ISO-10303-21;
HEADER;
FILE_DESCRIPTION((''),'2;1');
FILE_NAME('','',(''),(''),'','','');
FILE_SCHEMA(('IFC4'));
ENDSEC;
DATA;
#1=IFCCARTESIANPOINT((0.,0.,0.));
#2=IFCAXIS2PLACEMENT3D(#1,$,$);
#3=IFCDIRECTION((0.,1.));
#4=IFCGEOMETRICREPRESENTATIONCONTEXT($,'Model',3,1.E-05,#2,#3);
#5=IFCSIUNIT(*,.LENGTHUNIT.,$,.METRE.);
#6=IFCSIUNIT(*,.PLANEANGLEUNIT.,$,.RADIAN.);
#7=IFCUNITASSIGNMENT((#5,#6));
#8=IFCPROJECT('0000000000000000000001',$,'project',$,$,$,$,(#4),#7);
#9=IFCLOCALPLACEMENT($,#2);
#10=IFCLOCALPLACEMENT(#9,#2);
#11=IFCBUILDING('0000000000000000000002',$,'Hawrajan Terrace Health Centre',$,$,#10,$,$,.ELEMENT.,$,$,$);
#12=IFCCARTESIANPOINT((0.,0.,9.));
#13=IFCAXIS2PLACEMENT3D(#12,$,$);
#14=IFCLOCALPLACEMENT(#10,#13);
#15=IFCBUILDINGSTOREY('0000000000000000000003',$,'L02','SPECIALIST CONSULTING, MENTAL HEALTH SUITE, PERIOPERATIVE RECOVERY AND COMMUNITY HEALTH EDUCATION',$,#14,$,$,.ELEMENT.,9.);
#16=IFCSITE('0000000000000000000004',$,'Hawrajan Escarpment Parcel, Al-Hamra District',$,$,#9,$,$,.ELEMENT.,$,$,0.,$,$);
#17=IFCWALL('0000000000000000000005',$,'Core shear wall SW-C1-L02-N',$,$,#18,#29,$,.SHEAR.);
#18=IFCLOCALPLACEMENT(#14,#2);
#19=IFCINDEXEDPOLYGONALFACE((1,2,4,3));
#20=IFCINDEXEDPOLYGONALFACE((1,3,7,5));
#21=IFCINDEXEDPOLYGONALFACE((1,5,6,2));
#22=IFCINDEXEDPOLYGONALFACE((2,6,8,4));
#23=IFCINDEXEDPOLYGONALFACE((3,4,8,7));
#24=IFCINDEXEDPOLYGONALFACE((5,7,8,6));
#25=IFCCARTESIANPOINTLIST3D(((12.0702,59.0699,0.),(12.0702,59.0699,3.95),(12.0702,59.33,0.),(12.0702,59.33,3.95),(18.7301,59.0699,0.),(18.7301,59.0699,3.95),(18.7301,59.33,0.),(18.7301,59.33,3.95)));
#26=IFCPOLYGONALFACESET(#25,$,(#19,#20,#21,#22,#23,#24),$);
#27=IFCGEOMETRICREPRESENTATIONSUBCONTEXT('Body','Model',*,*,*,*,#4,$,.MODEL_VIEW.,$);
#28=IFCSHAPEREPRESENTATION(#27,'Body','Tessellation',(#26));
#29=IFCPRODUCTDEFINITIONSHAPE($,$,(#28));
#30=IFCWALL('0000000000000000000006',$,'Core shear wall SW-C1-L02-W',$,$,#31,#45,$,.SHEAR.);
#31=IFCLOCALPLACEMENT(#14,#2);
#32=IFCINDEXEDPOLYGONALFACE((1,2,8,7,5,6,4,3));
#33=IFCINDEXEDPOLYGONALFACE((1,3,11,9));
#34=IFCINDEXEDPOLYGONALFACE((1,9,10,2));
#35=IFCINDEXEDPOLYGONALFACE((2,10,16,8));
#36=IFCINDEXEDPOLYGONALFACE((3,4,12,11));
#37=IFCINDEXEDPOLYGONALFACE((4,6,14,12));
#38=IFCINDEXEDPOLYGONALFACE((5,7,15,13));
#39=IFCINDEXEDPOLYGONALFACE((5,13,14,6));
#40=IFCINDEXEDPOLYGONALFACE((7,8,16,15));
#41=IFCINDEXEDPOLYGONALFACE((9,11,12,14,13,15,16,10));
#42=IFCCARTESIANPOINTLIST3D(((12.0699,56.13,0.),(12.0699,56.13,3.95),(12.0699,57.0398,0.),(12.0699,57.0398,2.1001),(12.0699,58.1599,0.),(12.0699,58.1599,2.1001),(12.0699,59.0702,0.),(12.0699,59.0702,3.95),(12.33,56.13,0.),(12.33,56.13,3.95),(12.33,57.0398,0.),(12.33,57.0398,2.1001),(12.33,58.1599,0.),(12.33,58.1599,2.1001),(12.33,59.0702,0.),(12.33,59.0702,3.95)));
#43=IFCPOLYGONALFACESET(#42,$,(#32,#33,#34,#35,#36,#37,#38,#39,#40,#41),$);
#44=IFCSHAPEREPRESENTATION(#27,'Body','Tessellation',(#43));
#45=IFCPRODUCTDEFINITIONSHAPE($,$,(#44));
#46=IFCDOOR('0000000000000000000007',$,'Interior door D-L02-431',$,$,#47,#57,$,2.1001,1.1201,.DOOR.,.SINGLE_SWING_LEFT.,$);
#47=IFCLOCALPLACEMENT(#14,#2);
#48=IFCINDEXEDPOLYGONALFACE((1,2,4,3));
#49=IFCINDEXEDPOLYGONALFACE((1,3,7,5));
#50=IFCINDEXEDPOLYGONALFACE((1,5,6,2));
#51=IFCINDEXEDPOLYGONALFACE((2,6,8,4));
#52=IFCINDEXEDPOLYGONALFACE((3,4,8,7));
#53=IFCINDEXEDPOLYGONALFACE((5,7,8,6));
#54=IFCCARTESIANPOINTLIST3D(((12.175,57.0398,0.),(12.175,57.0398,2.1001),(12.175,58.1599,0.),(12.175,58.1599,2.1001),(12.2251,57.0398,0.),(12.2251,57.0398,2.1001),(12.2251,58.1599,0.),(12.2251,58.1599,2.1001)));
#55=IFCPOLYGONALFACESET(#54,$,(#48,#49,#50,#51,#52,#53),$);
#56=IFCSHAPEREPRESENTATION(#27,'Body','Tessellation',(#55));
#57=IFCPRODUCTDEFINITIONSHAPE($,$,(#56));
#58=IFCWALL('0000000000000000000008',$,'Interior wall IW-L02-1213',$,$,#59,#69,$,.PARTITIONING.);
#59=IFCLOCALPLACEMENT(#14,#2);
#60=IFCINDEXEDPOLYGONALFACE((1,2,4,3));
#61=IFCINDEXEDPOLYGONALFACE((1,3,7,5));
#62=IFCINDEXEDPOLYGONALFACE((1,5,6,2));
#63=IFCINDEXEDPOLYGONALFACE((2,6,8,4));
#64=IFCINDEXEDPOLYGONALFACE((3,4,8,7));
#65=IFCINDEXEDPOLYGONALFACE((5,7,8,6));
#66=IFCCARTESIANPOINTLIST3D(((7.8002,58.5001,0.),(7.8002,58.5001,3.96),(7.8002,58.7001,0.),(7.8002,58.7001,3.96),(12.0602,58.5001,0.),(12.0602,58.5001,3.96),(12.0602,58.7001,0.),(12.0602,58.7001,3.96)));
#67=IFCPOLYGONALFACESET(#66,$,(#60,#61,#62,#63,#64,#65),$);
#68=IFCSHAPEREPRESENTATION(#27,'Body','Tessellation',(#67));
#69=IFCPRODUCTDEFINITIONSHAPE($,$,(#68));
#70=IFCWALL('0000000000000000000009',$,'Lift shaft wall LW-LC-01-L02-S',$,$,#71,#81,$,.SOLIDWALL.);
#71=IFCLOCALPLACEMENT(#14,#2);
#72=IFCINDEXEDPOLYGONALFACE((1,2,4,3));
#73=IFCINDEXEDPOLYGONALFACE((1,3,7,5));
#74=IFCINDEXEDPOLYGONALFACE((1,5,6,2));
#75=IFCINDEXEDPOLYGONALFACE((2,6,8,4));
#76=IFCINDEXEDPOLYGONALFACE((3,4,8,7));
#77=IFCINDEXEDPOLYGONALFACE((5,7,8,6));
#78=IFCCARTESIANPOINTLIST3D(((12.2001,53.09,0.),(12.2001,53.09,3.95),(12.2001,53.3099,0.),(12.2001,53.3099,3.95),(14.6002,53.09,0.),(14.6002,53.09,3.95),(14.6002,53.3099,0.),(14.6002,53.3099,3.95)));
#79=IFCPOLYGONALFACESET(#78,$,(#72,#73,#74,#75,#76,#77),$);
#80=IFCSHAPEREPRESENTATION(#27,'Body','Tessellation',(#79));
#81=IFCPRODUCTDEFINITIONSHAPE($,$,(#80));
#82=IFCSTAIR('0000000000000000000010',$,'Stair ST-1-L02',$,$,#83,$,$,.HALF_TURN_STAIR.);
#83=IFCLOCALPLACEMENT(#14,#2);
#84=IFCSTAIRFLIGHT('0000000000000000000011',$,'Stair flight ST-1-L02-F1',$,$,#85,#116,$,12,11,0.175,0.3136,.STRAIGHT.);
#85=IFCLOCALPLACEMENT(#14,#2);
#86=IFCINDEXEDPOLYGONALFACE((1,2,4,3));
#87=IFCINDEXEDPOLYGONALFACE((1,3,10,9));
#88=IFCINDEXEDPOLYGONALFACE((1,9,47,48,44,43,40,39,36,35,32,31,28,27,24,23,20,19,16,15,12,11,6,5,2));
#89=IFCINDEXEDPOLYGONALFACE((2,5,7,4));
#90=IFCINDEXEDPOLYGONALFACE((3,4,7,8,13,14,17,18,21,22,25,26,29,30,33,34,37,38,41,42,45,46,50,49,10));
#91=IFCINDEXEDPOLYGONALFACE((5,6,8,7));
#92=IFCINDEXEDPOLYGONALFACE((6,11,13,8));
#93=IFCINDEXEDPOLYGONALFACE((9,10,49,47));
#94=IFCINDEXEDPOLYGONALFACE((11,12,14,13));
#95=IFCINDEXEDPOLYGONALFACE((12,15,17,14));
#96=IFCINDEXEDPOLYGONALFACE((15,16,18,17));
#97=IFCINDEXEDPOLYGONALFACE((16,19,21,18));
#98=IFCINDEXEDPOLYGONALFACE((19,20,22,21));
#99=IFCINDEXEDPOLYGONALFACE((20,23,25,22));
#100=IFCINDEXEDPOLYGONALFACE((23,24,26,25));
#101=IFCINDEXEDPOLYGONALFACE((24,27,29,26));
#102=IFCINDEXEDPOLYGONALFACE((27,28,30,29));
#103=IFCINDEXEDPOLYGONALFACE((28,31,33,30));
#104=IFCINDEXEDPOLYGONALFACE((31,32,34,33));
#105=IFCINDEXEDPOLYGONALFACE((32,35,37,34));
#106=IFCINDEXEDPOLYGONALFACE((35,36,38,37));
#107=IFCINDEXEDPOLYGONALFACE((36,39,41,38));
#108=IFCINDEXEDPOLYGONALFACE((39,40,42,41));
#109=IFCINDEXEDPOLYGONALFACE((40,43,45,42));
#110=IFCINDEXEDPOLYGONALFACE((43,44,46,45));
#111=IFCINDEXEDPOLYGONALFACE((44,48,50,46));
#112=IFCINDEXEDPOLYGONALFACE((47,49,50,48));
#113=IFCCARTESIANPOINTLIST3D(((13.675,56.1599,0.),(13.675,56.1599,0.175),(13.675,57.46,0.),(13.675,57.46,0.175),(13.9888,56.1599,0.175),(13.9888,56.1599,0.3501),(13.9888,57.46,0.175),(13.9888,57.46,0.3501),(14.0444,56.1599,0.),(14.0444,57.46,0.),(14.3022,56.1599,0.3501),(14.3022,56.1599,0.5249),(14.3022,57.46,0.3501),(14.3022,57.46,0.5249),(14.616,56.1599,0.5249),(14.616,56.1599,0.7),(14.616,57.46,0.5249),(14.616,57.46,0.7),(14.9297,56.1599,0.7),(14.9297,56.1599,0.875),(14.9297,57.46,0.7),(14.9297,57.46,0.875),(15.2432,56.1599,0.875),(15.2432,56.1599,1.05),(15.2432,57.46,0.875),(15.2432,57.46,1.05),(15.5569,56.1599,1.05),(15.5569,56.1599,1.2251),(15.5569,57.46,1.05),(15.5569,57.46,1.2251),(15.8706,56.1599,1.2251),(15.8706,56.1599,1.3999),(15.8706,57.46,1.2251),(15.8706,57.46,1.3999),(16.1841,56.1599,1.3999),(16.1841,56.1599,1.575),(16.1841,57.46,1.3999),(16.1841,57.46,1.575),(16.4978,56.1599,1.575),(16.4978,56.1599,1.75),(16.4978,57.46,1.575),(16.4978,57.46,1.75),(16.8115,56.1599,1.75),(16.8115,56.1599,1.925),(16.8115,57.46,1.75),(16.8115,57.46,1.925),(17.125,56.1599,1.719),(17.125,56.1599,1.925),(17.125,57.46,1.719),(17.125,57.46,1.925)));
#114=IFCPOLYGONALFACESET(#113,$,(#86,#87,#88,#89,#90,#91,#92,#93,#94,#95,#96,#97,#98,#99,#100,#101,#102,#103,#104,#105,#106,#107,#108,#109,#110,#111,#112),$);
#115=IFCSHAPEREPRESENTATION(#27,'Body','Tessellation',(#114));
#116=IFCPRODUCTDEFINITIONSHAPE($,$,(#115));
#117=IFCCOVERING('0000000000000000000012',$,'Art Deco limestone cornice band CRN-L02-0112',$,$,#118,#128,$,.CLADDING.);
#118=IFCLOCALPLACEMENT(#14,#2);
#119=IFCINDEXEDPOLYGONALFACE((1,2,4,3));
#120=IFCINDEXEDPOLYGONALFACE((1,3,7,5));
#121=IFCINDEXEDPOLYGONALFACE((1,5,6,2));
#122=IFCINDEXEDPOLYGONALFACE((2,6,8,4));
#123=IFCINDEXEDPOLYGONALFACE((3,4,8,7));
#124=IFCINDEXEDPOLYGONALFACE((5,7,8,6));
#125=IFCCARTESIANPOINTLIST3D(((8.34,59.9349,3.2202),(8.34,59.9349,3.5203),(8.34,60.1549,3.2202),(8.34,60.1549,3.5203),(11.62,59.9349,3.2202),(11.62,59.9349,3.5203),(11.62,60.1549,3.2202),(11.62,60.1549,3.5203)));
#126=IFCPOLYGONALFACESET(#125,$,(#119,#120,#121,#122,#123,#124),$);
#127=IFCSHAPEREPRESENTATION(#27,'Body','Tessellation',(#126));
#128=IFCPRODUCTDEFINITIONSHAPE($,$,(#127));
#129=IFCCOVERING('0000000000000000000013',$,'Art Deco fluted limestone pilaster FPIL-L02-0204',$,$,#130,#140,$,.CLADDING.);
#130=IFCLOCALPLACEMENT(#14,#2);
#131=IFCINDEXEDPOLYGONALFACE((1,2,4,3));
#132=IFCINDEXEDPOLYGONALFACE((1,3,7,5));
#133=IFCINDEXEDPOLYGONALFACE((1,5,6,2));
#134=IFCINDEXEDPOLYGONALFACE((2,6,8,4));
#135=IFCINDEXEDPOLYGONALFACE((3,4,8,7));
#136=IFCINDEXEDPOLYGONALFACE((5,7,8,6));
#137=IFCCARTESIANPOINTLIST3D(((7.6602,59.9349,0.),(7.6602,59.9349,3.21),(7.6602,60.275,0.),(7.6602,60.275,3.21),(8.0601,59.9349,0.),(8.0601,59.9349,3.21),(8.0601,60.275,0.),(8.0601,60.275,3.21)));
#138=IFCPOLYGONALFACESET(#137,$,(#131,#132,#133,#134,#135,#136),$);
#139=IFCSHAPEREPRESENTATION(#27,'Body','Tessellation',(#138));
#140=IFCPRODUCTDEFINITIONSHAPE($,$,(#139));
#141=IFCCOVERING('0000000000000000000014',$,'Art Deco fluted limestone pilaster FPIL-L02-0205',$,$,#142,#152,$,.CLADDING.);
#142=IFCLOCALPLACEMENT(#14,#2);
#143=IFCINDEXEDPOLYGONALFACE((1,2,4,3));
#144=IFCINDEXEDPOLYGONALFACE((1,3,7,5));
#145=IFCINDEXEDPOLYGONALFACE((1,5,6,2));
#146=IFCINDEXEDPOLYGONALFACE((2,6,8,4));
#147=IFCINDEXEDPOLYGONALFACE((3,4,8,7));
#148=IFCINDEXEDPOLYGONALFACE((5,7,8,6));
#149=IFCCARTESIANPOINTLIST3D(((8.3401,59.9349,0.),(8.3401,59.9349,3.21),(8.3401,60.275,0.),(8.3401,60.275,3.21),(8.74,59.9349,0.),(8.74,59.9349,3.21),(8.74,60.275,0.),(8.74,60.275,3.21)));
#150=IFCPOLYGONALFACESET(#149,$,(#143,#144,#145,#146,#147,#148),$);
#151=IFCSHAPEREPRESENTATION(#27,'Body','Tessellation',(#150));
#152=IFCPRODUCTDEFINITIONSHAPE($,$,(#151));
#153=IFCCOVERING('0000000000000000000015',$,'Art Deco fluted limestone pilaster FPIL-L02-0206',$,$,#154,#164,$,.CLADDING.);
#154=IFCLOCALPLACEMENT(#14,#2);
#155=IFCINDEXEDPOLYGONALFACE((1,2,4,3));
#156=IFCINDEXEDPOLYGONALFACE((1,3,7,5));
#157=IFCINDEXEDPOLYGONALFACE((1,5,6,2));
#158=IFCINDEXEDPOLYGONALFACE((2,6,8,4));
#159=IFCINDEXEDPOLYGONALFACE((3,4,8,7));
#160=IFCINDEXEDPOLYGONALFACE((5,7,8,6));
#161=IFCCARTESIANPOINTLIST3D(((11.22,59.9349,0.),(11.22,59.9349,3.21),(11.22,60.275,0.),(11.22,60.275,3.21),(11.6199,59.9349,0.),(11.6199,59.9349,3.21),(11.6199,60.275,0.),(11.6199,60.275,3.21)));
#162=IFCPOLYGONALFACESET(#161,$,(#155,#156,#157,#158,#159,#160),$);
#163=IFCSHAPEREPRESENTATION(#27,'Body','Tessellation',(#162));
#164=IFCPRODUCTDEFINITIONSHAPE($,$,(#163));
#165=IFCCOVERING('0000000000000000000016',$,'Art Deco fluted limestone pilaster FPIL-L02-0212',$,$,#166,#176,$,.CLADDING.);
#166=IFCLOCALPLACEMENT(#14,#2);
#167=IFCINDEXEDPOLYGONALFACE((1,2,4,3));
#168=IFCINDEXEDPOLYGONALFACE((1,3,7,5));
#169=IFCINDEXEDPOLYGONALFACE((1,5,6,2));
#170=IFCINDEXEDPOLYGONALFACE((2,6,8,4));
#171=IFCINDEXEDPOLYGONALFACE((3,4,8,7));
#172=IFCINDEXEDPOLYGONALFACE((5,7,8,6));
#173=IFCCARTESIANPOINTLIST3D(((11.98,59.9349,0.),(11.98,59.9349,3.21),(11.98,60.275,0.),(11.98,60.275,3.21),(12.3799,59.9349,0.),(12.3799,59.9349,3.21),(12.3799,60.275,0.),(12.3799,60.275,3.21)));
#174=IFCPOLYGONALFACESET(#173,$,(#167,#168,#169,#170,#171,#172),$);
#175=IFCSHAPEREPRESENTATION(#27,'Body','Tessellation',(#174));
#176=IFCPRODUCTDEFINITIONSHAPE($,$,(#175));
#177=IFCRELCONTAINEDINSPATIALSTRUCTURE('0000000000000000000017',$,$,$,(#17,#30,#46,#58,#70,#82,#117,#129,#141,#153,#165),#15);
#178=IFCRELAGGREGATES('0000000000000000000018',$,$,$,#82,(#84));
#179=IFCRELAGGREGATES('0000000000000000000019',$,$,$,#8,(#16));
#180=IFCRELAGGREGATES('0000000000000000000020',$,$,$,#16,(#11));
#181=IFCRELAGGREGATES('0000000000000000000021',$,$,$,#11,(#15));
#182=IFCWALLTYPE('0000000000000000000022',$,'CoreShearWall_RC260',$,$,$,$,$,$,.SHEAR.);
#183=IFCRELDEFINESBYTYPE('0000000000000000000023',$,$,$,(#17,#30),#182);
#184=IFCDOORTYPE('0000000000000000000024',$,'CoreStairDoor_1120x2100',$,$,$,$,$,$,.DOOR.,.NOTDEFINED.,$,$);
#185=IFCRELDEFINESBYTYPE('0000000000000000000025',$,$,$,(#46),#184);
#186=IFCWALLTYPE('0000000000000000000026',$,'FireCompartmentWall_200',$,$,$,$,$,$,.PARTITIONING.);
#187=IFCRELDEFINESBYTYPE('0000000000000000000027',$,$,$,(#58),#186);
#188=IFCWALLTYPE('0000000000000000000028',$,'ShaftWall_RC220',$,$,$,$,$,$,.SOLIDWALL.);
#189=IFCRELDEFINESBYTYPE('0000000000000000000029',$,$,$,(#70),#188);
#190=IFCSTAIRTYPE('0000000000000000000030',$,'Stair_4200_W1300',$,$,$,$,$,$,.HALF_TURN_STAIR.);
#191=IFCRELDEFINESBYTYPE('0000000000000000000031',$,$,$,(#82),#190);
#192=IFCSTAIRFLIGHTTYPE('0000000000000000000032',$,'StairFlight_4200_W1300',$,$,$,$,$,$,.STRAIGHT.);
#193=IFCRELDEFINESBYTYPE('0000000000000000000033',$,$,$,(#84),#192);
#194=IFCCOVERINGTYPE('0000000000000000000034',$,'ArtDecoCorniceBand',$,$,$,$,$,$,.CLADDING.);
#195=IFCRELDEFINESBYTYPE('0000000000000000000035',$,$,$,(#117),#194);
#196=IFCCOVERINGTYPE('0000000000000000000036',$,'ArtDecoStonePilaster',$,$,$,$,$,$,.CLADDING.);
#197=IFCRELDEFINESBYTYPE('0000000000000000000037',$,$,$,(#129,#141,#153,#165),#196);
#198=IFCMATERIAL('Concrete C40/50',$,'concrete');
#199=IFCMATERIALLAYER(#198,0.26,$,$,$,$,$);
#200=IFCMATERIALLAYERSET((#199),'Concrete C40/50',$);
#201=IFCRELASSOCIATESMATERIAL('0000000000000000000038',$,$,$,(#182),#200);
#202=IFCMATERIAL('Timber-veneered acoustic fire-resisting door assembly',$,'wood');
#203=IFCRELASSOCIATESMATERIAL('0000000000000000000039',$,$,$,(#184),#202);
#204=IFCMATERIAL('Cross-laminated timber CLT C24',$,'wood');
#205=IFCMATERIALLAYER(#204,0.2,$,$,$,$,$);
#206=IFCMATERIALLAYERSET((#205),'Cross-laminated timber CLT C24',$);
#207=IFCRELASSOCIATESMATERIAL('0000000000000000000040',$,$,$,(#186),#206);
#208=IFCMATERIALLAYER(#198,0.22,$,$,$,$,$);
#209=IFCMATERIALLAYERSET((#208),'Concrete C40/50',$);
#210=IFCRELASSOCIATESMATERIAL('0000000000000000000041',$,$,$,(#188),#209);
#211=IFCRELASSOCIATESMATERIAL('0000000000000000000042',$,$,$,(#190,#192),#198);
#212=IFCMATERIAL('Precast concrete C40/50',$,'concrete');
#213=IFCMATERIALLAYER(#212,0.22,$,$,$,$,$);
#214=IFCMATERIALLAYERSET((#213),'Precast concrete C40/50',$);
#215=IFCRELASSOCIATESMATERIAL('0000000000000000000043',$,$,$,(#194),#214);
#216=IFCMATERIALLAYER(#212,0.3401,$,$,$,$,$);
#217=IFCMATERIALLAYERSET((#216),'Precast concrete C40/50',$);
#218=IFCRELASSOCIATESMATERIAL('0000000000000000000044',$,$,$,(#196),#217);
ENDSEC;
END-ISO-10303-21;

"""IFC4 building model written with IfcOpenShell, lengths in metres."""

from ifc_helpers import new_model, si_unit, direction, frame, frame_2d, origin, origin_2d, place, context, subcontext, project, spatial, polyline, rectangle, outline, extrude, material, layer, layer_set, type_object, element, fill, aggregate, save


model = new_model("IFC4")

# Units and contexts
model_context = context("Model", 3, precision=1e-05, world=origin(), true_north=direction((0.0, 1.0)))
body_context = subcontext(model_context, "Body", "Model", "MODEL_VIEW")
ifc_project = project(units=[si_unit("LENGTHUNIT", "METRE"), si_unit("PLANEANGLEUNIT", "RADIAN")], contexts=[model_context])

# Site, building, storey
site_placement = place(None, origin())
site = spatial("IfcSite", under=ifc_project, at=site_placement, Name="Hawrajan Escarpment Parcel, Al-Hamra District", CompositionType="ELEMENT", RefElevation=0.0)
building_placement = place(site_placement, origin())
building = spatial("IfcBuilding", under=site, at=building_placement, Name="Hawrajan Terrace Health Centre", CompositionType="ELEMENT")
storey_placement = place(building_placement, frame((0.0, 0.0, 9.0)))
storey = spatial("IfcBuildingStorey", under=building, at=storey_placement, Name="L02", Description="SPECIALIST CONSULTING, MENTAL HEALTH SUITE, PERIOPERATIVE RECOVERY AND COMMUNITY HEALTH EDUCATION", CompositionType="ELEMENT", Elevation=9.0)

# Shared definitions
ifc_material_1 = material(Name="Precast concrete C40/50", Category="concrete")

# Wall
ifc_material_2 = material(Name="Concrete C40/50", Category="concrete")
ifc_layer_1 = layer(ifc_material_2, 0.26)
ifc_layer_set_1 = layer_set([ifc_layer_1], Name="Concrete C40/50")
wall_type_1 = type_object("IfcWallType", Name="CoreShearWall_RC260", PredefinedType="SHEAR", material=ifc_layer_set_1)
for number, where, z_axis, x_axis, name in (
    (1, (12.0701, 59.2, 0.0), (0.0, 0.0, 1.0), (1.0, 0.0, 0.0), "Core shear wall SW-C1-L02-N"),
):
    element("IfcWall", number, at=place(storey_placement, frame(where, z_axis=z_axis, x_axis=x_axis)), inside=storey, type_object=wall_type_1, Name=name, PredefinedType="SHEAR", context=body_context, shape_type="SweptSolid", body=[
        extrude(rectangle(XDim=6.6599, YDim=0.26, at=frame_2d((3.3301, 0.0))), origin(), (0.0, 0.0, 1.0), 3.95),
    ])

# Wall, opening, door
wall_1_placement = place(storey_placement, frame((12.2, 56.1299, 0.0), z_axis=(0.0, 0.0, 1.0), x_axis=(0.0, 1.0, 0.0)))
wall_1 = element("IfcWall", 2, at=wall_1_placement, inside=storey, type_object=wall_type_1, Name="Core shear wall SW-C1-L02-W", PredefinedType="SHEAR", context=body_context, shape_type="SweptSolid", body=[
    extrude(rectangle(XDim=2.9402, YDim=0.26, at=frame_2d((1.4702, 0.0))), origin(), (0.0, 0.0, 1.0), 3.95),
])
opening_1_placement = place(wall_1_placement, frame((0.9099, 0.0, 0.0)))
opening_1 = element("IfcOpeningElement", 3, at=opening_1_placement, cuts=wall_1, PredefinedType="OPENING", context=body_context, shape_type="SweptSolid", body=[
    extrude(rectangle(XDim=1.1201, YDim=2.1001, at=frame_2d((0.5601, 1.05))), frame((0.0, 0.1399, 0.0), z_axis=(0.0, -1.0, 0.0), x_axis=(1.0, 0.0, 0.0)), (0.0, 0.0, 1.0), 0.28),
])
ifc_material_3 = material(Name="Timber-veneered acoustic fire-resisting door assembly", Category="wood")
door_type_1 = type_object("IfcDoorType", Name="CoreStairDoor_1120x2100", OperationType="NOTDEFINED", PredefinedType="DOOR", material=ifc_material_3)
door_1_placement = place(opening_1_placement, origin())
door_1 = element("IfcDoor", 4, at=door_1_placement, inside=storey, type_object=door_type_1, Name="Interior door D-L02-431", OperationType="SINGLE_SWING_LEFT", OverallHeight=2.1001, OverallWidth=1.1201, PredefinedType="DOOR", context=body_context, shape_type="SweptSolid", body=[
    extrude(rectangle(XDim=1.1201, YDim=2.1001, at=frame_2d((0.5601, 1.05))), frame((0.0, 0.0249, 0.0), z_axis=(0.0, -1.0, 0.0), x_axis=(1.0, 0.0, 0.0)), (0.0, 0.0, 1.0), 0.05),
])
fill(opening_1, door_1)

# Walls
ifc_material_4 = material(Name="Cross-laminated timber CLT C24", Category="wood")
ifc_layer_2 = layer(ifc_material_4, 0.2)
ifc_layer_set_2 = layer_set([ifc_layer_2], Name="Cross-laminated timber CLT C24")
wall_type_2 = type_object("IfcWallType", Name="FireCompartmentWall_200", PredefinedType="PARTITIONING", material=ifc_layer_set_2)
wall_2_placement = place(storey_placement, frame((12.0601, 58.6001, 0.0), z_axis=(0.0, 0.0, 1.0), x_axis=(-1.0, 0.0, 0.0)))
element("IfcWall", 5, at=wall_2_placement, inside=storey, type_object=wall_type_2, Name="Interior wall IW-L02-1213", PredefinedType="PARTITIONING", context=body_context, shape_type="SweptSolid", body=[
    extrude(rectangle(XDim=4.26, YDim=0.2, at=frame_2d((2.1299, 0.0))), origin(), (0.0, 0.0, 1.0), 3.96),
])
ifc_layer_3 = layer(ifc_material_2, 0.22)
ifc_layer_set_3 = layer_set([ifc_layer_3], Name="Concrete C40/50")
wall_type_3 = type_object("IfcWallType", Name="ShaftWall_RC220", PredefinedType="SOLIDWALL", material=ifc_layer_set_3)
wall_3_placement = place(storey_placement, frame((12.2, 53.2, 0.0), z_axis=(0.0, 0.0, 1.0), x_axis=(1.0, 0.0, 0.0)))
element("IfcWall", 6, at=wall_3_placement, inside=storey, type_object=wall_type_3, Name="Lift shaft wall LW-LC-01-L02-S", PredefinedType="SOLIDWALL", context=body_context, shape_type="SweptSolid", body=[
    extrude(rectangle(XDim=2.4001, YDim=0.22, at=frame_2d((1.2002, 0.0))), origin(), (0.0, 0.0, 1.0), 3.95),
])

# Stair, stair flight
stair_type = type_object("IfcStairType", Name="Stair_4200_W1300", PredefinedType="HALF_TURN_STAIR", material=ifc_material_2)
stair_placement = place(storey_placement, origin())
stair = element("IfcStair", 7, at=stair_placement, inside=storey, type_object=stair_type, Name="Stair ST-1-L02", PredefinedType="HALF_TURN_STAIR")
stair_flight_type = type_object("IfcStairFlightType", Name="StairFlight_4200_W1300", PredefinedType="STRAIGHT", material=ifc_material_2)
stair_flight_placement = place(storey_placement, frame((13.675, 56.8101, 0.0), z_axis=(0.0, 0.0, 1.0), x_axis=(1.0, 0.0, 0.0)))
stair_flight = element("IfcStairFlight", 8, at=stair_flight_placement, type_object=stair_flight_type, Name="Stair flight ST-1-L02-F1", NumberOfRisers=12, NumberOfTreads=11, PredefinedType="STRAIGHT", RiserHeight=0.175, TreadLength=0.3136, context=body_context, shape_type="SweptSolid", body=[
    extrude(outline(polyline([(0.0, 0.0), (0.0, 0.175), (0.3137, 0.175), (0.3137, 0.3501), (0.6272, 0.3501), (0.6272, 0.5249), (0.9409, 0.5249), (0.9409, 0.7), (1.2546, 0.7), (1.2546, 0.875), (1.5681, 0.875), (1.5681, 1.05), (1.8818, 1.05), (1.8818, 1.2251), (2.1956, 1.2251), (2.1956, 1.3999), (2.509, 1.3999), (2.509, 1.575), (2.8228, 1.575), (2.8228, 1.75), (3.1365, 1.75), (3.1365, 1.925), (3.45, 1.925), (3.45, 2.1001), (3.45, 1.719), (0.3694, 0.0), (0.0, 0.0)])), frame((0.0, 0.6499, 0.0), z_axis=(0.0, -1.0, 0.0), x_axis=(1.0, 0.0, 0.0)), (0.0, 0.0, 1.0), 1.3),
])
aggregate(stair, [stair_flight])

# Coverings
ifc_layer_4 = layer(ifc_material_1, 0.22)
ifc_layer_set_4 = layer_set([ifc_layer_4], Name="Precast concrete C40/50")
covering_type_1 = type_object("IfcCoveringType", Name="ArtDecoCorniceBand", PredefinedType="CLADDING", material=ifc_layer_set_4)
covering_placement = place(storey_placement, frame((9.98, 60.0449, 3.2202), z_axis=(0.0, 0.0, 1.0), x_axis=(1.0, 0.0, 0.0)))
element("IfcCovering", 9, at=covering_placement, inside=storey, type_object=covering_type_1, Name="Art Deco limestone cornice band CRN-L02-0112", PredefinedType="CLADDING", context=body_context, shape_type="SweptSolid", body=[
    extrude(rectangle(XDim=3.28, YDim=0.22, at=origin_2d()), origin(), (0.0, 0.0, 1.0), 0.3),
])
ifc_layer_5 = layer(ifc_material_1, 0.3401)
ifc_layer_set_5 = layer_set([ifc_layer_5], Name="Precast concrete C40/50")
covering_type_2 = type_object("IfcCoveringType", Name="ArtDecoStonePilaster", PredefinedType="CLADDING", material=ifc_layer_set_5)
for number, where, z_axis, x_axis, name in (
    (10, (7.8601, 60.105, 0.0), (0.0, 0.0, 1.0), (1.0, 0.0, 0.0), "Art Deco fluted limestone pilaster FPIL-L02-0204"),
    (11, (8.54, 60.105, 0.0), (0.0, 0.0, 1.0), (1.0, 0.0, 0.0), "Art Deco fluted limestone pilaster FPIL-L02-0205"),
    (12, (11.4199, 60.105, 0.0), (0.0, 0.0, 1.0), (1.0, 0.0, 0.0), "Art Deco fluted limestone pilaster FPIL-L02-0206"),
    (13, (12.1799, 60.105, 0.0), (0.0, 0.0, 1.0), (1.0, 0.0, 0.0), "Art Deco fluted limestone pilaster FPIL-L02-0212"),
):
    element("IfcCovering", number, at=place(storey_placement, frame(where, z_axis=z_axis, x_axis=x_axis)), inside=storey, type_object=covering_type_2, Name=name, PredefinedType="CLADDING", context=body_context, shape_type="SweptSolid", body=[
        extrude(rectangle(XDim=0.3999, YDim=0.3401, at=origin_2d()), origin(), (0.0, 0.0, 1.0), 3.21),
    ])

save(model, "model.ifc")
